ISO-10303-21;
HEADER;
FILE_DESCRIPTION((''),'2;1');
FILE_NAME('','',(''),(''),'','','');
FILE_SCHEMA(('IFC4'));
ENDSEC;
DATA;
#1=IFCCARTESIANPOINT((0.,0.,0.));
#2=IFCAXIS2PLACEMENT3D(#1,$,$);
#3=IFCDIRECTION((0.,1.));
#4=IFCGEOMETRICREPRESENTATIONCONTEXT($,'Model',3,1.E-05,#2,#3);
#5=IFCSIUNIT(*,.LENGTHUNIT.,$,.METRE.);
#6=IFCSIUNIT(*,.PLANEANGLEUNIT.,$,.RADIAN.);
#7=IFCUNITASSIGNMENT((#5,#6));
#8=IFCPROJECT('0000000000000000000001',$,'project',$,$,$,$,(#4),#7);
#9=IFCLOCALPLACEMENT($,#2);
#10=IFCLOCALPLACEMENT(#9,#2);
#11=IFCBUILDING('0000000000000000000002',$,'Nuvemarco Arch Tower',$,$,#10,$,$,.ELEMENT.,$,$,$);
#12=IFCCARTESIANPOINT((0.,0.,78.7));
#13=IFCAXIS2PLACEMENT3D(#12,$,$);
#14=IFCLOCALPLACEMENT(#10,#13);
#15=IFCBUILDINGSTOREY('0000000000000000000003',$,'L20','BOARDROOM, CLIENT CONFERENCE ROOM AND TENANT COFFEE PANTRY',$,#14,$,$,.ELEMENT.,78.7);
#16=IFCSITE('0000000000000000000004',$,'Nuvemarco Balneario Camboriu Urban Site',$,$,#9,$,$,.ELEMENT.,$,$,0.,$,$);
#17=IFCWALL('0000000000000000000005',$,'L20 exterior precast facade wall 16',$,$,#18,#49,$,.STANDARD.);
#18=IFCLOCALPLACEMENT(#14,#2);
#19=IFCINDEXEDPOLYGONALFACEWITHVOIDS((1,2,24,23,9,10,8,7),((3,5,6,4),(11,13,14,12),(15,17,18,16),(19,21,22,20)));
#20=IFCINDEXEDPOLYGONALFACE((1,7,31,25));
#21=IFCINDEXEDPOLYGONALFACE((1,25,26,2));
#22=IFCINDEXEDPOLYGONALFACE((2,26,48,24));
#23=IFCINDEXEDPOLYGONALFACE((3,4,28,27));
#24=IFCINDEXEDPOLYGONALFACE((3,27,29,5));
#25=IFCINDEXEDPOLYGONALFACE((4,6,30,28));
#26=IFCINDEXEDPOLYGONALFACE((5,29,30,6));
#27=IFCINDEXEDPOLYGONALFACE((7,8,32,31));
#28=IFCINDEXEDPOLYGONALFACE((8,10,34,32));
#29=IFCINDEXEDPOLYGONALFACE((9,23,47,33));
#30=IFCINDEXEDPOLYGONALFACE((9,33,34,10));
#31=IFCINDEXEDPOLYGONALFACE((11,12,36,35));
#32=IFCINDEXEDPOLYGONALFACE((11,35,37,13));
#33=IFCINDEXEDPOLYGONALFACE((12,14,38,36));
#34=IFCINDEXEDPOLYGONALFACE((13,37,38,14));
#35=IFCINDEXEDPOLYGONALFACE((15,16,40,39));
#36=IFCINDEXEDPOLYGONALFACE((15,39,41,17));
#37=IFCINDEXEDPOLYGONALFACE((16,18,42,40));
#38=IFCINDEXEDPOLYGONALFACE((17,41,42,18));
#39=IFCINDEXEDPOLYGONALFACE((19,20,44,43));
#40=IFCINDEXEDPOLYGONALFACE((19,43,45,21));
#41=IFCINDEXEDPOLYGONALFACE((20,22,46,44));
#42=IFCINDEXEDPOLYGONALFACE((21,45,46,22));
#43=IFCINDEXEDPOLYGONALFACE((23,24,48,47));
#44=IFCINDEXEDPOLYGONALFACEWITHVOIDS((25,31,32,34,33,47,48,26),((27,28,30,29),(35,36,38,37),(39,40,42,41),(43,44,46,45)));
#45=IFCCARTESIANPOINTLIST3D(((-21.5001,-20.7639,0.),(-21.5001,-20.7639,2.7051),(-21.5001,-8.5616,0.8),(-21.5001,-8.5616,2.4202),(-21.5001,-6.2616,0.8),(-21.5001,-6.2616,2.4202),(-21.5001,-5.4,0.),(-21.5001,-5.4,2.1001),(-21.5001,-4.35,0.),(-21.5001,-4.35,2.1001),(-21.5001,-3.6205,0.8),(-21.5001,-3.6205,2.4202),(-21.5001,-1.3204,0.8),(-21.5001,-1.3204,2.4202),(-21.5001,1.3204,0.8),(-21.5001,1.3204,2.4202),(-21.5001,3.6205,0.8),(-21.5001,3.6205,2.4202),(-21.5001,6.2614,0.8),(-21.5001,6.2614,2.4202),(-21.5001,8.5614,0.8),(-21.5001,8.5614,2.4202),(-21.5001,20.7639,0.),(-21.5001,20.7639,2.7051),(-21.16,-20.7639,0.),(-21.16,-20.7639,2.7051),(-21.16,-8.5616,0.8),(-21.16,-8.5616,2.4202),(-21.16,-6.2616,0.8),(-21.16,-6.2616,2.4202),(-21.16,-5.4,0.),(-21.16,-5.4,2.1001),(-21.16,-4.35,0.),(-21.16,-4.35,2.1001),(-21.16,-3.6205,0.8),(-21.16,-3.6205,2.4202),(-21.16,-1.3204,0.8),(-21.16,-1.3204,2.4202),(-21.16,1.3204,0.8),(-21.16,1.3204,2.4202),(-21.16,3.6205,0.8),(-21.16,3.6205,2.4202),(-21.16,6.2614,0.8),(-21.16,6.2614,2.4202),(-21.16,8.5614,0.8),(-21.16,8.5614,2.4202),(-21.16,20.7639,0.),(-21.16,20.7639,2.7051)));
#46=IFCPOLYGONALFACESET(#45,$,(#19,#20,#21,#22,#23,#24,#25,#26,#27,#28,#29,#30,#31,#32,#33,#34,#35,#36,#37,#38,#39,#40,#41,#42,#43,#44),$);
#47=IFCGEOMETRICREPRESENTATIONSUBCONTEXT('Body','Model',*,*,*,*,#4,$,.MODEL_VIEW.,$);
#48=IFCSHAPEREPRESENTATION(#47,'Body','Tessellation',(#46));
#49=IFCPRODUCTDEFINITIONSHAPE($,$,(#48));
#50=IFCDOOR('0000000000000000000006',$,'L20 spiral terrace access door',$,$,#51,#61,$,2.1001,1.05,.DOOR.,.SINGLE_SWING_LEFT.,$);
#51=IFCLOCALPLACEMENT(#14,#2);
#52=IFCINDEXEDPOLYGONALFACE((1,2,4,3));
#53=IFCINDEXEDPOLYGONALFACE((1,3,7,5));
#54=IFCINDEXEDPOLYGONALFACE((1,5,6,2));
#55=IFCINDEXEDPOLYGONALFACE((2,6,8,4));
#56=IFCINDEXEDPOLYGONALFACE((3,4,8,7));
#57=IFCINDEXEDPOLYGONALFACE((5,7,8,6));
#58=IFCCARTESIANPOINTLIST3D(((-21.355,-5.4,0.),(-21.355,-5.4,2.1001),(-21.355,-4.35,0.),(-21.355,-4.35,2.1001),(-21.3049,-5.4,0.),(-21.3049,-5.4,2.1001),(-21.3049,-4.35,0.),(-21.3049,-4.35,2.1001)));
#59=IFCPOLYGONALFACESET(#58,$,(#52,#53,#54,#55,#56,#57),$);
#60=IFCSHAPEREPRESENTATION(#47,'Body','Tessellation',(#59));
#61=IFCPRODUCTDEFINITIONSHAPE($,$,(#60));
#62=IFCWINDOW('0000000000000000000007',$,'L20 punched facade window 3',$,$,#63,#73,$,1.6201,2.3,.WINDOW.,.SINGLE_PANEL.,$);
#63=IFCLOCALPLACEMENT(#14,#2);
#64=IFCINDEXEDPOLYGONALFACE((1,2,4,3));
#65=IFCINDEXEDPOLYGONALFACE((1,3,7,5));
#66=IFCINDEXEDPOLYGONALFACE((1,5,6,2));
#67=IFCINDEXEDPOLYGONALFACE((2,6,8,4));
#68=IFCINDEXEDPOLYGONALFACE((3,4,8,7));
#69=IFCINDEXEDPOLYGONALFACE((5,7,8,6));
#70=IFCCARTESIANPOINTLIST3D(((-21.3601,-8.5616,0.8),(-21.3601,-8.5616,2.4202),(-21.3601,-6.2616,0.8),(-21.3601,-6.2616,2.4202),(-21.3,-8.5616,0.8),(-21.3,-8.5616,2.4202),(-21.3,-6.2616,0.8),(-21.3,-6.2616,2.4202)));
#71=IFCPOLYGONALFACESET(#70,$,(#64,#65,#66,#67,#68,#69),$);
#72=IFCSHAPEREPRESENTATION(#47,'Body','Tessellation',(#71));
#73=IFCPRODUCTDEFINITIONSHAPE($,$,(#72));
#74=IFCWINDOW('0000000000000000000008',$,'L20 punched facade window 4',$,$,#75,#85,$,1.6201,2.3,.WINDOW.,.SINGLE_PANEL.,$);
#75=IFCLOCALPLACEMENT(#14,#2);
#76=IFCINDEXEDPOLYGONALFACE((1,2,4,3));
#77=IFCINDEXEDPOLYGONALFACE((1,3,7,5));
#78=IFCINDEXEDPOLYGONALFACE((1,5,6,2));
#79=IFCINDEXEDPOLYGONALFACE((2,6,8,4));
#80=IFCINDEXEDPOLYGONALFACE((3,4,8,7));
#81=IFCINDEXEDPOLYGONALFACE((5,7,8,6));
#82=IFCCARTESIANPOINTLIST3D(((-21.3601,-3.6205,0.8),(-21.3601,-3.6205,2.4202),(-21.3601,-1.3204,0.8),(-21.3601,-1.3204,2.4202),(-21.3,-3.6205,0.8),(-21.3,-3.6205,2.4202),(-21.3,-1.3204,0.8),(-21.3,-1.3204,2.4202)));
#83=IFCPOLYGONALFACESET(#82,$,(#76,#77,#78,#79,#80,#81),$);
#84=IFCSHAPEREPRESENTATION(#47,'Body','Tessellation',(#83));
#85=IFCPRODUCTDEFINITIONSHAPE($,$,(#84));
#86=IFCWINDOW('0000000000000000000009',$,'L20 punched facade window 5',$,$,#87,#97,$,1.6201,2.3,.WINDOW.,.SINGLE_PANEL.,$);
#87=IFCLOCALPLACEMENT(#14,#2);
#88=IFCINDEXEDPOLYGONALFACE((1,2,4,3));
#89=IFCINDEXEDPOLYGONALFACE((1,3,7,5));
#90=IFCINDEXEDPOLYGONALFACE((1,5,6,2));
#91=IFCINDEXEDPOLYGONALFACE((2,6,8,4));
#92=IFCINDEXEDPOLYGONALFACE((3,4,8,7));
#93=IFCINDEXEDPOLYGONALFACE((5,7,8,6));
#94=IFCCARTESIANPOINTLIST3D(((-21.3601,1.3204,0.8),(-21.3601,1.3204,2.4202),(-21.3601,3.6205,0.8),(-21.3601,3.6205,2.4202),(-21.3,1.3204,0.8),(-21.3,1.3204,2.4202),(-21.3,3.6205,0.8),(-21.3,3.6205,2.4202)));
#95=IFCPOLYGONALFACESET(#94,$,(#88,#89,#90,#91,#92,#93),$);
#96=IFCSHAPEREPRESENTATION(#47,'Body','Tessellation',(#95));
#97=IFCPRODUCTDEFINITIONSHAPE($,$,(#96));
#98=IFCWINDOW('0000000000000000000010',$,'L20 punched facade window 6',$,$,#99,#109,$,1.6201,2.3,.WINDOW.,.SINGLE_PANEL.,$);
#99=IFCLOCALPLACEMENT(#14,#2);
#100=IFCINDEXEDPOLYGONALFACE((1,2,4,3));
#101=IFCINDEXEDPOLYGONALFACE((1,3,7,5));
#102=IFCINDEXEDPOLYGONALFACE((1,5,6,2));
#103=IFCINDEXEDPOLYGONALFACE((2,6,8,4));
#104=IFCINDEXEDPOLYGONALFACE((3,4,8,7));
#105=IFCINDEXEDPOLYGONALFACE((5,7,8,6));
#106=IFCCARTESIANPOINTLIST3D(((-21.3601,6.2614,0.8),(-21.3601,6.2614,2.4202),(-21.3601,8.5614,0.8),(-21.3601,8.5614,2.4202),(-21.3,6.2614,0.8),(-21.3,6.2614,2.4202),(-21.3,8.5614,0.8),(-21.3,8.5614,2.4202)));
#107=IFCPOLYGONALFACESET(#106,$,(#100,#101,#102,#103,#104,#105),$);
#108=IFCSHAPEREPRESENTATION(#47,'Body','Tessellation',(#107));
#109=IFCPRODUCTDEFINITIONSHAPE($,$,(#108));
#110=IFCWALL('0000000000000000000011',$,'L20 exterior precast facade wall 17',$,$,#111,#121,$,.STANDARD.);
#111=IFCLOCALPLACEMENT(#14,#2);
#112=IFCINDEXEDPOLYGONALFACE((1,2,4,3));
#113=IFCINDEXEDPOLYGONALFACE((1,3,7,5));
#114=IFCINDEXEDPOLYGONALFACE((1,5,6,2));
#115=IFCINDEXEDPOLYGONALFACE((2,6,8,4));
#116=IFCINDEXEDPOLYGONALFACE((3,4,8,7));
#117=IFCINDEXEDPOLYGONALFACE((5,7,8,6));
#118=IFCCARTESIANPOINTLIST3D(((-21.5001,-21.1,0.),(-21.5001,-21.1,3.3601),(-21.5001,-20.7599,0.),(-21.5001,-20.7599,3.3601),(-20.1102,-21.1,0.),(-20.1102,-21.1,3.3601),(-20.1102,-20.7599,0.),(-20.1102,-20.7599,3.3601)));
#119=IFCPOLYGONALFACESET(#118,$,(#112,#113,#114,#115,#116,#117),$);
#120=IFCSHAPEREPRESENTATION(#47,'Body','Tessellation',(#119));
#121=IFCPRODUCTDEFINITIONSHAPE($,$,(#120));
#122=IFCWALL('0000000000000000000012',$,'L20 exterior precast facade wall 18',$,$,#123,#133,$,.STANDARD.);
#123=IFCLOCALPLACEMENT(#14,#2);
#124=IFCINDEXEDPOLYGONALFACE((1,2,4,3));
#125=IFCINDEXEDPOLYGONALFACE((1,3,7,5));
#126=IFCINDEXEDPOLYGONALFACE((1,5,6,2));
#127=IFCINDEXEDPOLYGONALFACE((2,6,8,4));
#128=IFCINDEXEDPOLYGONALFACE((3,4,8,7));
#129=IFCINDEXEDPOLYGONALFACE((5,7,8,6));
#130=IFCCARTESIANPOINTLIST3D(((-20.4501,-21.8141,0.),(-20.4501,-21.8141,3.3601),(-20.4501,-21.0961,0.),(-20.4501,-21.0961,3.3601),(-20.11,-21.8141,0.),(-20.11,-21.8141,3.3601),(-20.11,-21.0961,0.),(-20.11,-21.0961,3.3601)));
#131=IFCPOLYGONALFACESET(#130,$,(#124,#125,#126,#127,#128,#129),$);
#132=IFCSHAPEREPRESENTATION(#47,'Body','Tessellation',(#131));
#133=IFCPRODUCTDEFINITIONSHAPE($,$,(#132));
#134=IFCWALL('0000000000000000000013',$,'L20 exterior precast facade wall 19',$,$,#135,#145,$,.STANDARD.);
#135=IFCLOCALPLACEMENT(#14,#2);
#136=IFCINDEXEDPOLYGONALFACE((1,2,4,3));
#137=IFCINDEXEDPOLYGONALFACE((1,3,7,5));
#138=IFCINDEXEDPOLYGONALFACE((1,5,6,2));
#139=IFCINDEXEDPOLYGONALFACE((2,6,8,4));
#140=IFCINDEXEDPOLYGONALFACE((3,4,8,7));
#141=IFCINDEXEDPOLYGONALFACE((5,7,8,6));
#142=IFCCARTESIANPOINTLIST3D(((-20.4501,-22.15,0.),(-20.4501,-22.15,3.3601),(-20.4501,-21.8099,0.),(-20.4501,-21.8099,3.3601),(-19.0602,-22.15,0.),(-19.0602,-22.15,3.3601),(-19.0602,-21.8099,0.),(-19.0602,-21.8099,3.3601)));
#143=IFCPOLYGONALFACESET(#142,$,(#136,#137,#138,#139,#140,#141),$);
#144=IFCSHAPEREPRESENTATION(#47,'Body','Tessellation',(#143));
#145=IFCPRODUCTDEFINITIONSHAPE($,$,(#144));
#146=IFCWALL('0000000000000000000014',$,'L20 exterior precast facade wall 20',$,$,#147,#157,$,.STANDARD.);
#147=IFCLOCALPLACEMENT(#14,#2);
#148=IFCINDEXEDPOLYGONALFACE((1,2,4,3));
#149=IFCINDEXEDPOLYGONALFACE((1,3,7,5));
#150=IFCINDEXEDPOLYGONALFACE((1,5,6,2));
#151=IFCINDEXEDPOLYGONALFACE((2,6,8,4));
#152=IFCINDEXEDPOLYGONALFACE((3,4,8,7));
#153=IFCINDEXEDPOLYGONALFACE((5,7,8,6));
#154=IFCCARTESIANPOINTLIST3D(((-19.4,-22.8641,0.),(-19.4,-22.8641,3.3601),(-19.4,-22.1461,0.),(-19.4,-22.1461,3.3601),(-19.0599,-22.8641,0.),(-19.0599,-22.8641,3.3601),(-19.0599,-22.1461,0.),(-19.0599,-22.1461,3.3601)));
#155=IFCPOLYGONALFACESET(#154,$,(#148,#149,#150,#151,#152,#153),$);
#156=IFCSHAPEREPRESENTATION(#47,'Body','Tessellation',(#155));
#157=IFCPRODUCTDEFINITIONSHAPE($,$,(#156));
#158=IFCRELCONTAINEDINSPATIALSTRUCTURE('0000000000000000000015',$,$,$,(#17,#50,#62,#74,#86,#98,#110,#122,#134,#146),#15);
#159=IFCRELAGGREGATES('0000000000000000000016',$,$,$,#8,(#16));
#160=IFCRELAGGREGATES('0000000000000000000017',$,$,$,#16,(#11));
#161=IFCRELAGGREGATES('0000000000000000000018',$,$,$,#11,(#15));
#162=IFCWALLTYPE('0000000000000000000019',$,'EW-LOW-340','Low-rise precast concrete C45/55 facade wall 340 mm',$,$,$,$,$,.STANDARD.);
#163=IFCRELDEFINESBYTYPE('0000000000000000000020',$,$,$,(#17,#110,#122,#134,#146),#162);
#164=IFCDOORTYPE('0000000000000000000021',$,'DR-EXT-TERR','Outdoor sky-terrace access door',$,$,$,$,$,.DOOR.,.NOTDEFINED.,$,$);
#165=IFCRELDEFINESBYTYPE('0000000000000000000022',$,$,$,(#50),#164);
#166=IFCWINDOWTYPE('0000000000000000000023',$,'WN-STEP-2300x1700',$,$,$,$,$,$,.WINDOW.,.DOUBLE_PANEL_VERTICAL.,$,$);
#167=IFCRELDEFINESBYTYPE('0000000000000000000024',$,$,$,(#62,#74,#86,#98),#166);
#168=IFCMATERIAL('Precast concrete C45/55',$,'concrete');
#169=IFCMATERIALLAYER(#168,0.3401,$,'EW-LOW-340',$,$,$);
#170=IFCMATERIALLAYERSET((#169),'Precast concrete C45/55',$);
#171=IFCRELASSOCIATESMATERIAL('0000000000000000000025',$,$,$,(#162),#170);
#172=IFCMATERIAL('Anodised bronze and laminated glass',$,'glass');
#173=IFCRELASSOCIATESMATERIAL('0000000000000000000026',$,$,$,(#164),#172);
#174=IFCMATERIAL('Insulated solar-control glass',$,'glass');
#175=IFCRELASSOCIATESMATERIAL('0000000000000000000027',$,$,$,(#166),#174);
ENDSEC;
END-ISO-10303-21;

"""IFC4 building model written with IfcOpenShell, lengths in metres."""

from ifc_helpers import new_model, si_unit, direction, frame, frame_2d, origin, place, context, subcontext, project, spatial, rectangle, extrude, source, transform, mapped, material, layer, layer_set, type_object, type_shapes, element, fill, save


model = new_model("IFC4")

# Units and contexts
model_context = context("Model", 3, precision=1e-05, world=origin(), true_north=direction((0.0, 1.0)))
body_context = subcontext(model_context, "Body", "Model", "MODEL_VIEW")
ifc_project = project(units=[si_unit("LENGTHUNIT", "METRE"), si_unit("PLANEANGLEUNIT", "RADIAN")], contexts=[model_context])

# Site, building, storey
site_placement = place(None, origin())
site = spatial("IfcSite", under=ifc_project, at=site_placement, Name="Nuvemarco Balneario Camboriu Urban Site", CompositionType="ELEMENT", RefElevation=0.0)
building_placement = place(site_placement, origin())
building = spatial("IfcBuilding", under=site, at=building_placement, Name="Nuvemarco Arch Tower", CompositionType="ELEMENT")
storey_placement = place(building_placement, frame((0.0, 0.0, 78.7)))
storey = spatial("IfcBuildingStorey", under=building, at=storey_placement, Name="L20", Description="BOARDROOM, CLIENT CONFERENCE ROOM AND TENANT COFFEE PANTRY", CompositionType="ELEMENT", Elevation=78.7)

# Shared definitions
ifc_material_1 = material(Name="Precast concrete C45/55", Category="concrete")

# Shared definitions
ifc_layer = layer(ifc_material_1, 0.3401, Name="EW-LOW-340")
ifc_layer_set = layer_set([ifc_layer], Name="Precast concrete C45/55")
wall_type = type_object("IfcWallType", Name="EW-LOW-340", Description="Low-rise precast concrete C45/55 facade wall 340 mm", PredefinedType="STANDARD", material=ifc_layer_set)
ifc_material_2 = material(Name="Insulated solar-control glass", Category="glass")

# Wall, openings, door, windows
wall_1_placement = place(storey_placement, frame((-21.3301, -20.7639, 0.0), z_axis=(0.0, 0.0, 1.0), x_axis=(0.0, 1.0, 0.0)))
wall_1 = element("IfcWall", 1, at=wall_1_placement, inside=storey, type_object=wall_type, Name="L20 exterior precast facade wall 16", PredefinedType="STANDARD", context=body_context, shape_type="SweptSolid", body=[
    extrude(rectangle(XDim=41.5278, YDim=0.3401, at=frame_2d((20.7639, 0.0))), origin(), (0.0, 0.0, 1.0), 2.7051),
])
opening_1_placement = place(wall_1_placement, frame((15.364, 0.0, 0.0)))
opening_1 = element("IfcOpeningElement", 2, at=opening_1_placement, cuts=wall_1, PredefinedType="OPENING", context=body_context, shape_type="SweptSolid", body=[
    extrude(rectangle(XDim=1.05, YDim=2.1001, at=frame_2d((0.5249, 1.05))), frame((0.0, 0.1799, 0.0), z_axis=(0.0, -1.0, 0.0), x_axis=(1.0, 0.0, 0.0)), (0.0, 0.0, 1.0), 0.3601),
])
opening_2_placement = place(wall_1_placement, frame((12.2024, 0.0, 0.8)))
opening_2 = element("IfcOpeningElement", 3, at=opening_2_placement, cuts=wall_1, PredefinedType="OPENING", context=body_context, shape_type="SweptSolid", body=[
    extrude(rectangle(XDim=2.3, YDim=1.6201, at=frame_2d((1.1499, 0.8101))), frame((0.0, 0.1799, 0.0), z_axis=(0.0, -1.0, 0.0), x_axis=(1.0, 0.0, 0.0)), (0.0, 0.0, 1.0), 0.3601),
])
opening_3_placement = place(wall_1_placement, frame((17.1436, 0.0, 0.8)))
opening_3 = element("IfcOpeningElement", 4, at=opening_3_placement, cuts=wall_1, PredefinedType="OPENING", context=body_context, shape_type="SweptSolid", body=[
    extrude(rectangle(XDim=2.3, YDim=1.6201, at=frame_2d((1.1499, 0.8101))), frame((0.0, 0.1799, 0.0), z_axis=(0.0, -1.0, 0.0), x_axis=(1.0, 0.0, 0.0)), (0.0, 0.0, 1.0), 0.3601),
])
opening_4_placement = place(wall_1_placement, frame((22.0845, 0.0, 0.8)))
opening_4 = element("IfcOpeningElement", 5, at=opening_4_placement, cuts=wall_1, PredefinedType="OPENING", context=body_context, shape_type="SweptSolid", body=[
    extrude(rectangle(XDim=2.3, YDim=1.6201, at=frame_2d((1.1499, 0.8101))), frame((0.0, 0.1799, 0.0), z_axis=(0.0, -1.0, 0.0), x_axis=(1.0, 0.0, 0.0)), (0.0, 0.0, 1.0), 0.3601),
])
opening_5_placement = place(wall_1_placement, frame((27.0254, 0.0, 0.8)))
opening_5 = element("IfcOpeningElement", 6, at=opening_5_placement, cuts=wall_1, PredefinedType="OPENING", context=body_context, shape_type="SweptSolid", body=[
    extrude(rectangle(XDim=2.3, YDim=1.6201, at=frame_2d((1.1499, 0.8101))), frame((0.0, 0.1799, 0.0), z_axis=(0.0, -1.0, 0.0), x_axis=(1.0, 0.0, 0.0)), (0.0, 0.0, 1.0), 0.3601),
])
ifc_material_3 = material(Name="Anodised bronze and laminated glass", Category="glass")
door_type = type_object("IfcDoorType", Name="DR-EXT-TERR", Description="Outdoor sky-terrace access door", OperationType="NOTDEFINED", PredefinedType="DOOR", material=ifc_material_3)
shared_shape_1 = source(origin(), body_context, "Body", "SweptSolid", [
    extrude(rectangle(XDim=1.05, YDim=2.1001, at=frame_2d((0.5249, 1.05))), frame((0.0, 0.0249, 0.0), z_axis=(0.0, -1.0, 0.0), x_axis=(1.0, 0.0, 0.0)), (0.0, 0.0, 1.0), 0.05),
])
type_shapes(door_type, [shared_shape_1])
door_placement = place(opening_1_placement, origin())
door = element("IfcDoor", 7, at=door_placement, inside=storey, type_object=door_type, Name="L20 spiral terrace access door", OperationType="SINGLE_SWING_LEFT", OverallHeight=2.1001, OverallWidth=1.05, PredefinedType="DOOR", context=body_context, shape_type="MappedRepresentation", body=[
    mapped(shared_shape_1, transform((0.0, 0.0, 0.0), scale=1.0)),
])
fill(opening_1, door)
window_type_1 = type_object("IfcWindowType", Name="WN-STEP-2300x1700", PartitioningType="DOUBLE_PANEL_VERTICAL", PredefinedType="WINDOW", material=ifc_material_2)
shared_shape_2 = source(origin(), body_context, "Body", "SweptSolid", [
    extrude(rectangle(XDim=2.3, YDim=1.6201, at=frame_2d((1.1499, 0.8101))), frame((0.0, 0.03, 0.0), z_axis=(0.0, -1.0, 0.0), x_axis=(1.0, 0.0, 0.0)), (0.0, 0.0, 1.0), 0.0601),
])
type_shapes(window_type_1, [shared_shape_2])
window_1_placement = place(opening_2_placement, origin())
window_1 = element("IfcWindow", 8, at=window_1_placement, inside=storey, type_object=window_type_1, Name="L20 punched facade window 3", OverallHeight=1.6201, OverallWidth=2.3, PartitioningType="SINGLE_PANEL", PredefinedType="WINDOW", context=body_context, shape_type="MappedRepresentation", body=[
    mapped(shared_shape_2, transform((0.0, 0.0, 0.0), scale=1.0)),
])
fill(opening_2, window_1)
window_2_placement = place(opening_3_placement, origin())
window_2 = element("IfcWindow", 9, at=window_2_placement, inside=storey, type_object=window_type_1, Name="L20 punched facade window 4", OverallHeight=1.6201, OverallWidth=2.3, PartitioningType="SINGLE_PANEL", PredefinedType="WINDOW", context=body_context, shape_type="MappedRepresentation", body=[
    mapped(shared_shape_2, transform((0.0, 0.0, 0.0), scale=1.0)),
])
fill(opening_3, window_2)
window_3_placement = place(opening_4_placement, origin())
window_3 = element("IfcWindow", 10, at=window_3_placement, inside=storey, type_object=window_type_1, Name="L20 punched facade window 5", OverallHeight=1.6201, OverallWidth=2.3, PartitioningType="SINGLE_PANEL", PredefinedType="WINDOW", context=body_context, shape_type="MappedRepresentation", body=[
    mapped(shared_shape_2, transform((0.0, 0.0, 0.0), scale=1.0)),
])
fill(opening_4, window_3)
window_4_placement = place(opening_5_placement, origin())
window_4 = element("IfcWindow", 11, at=window_4_placement, inside=storey, type_object=window_type_1, Name="L20 punched facade window 6", OverallHeight=1.6201, OverallWidth=2.3, PartitioningType="SINGLE_PANEL", PredefinedType="WINDOW", context=body_context, shape_type="MappedRepresentation", body=[
    mapped(shared_shape_2, transform((0.0, 0.0, 0.0), scale=1.0)),
])
fill(opening_5, window_4)

# Walls
wall_2_placement = place(storey_placement, frame((-21.5, -20.9299, 0.0), z_axis=(0.0, 0.0, 1.0), x_axis=(1.0, 0.0, 0.0)))
element("IfcWall", 12, at=wall_2_placement, inside=storey, type_object=wall_type, Name="L20 exterior precast facade wall 17", PredefinedType="STANDARD", context=body_context, shape_type="SweptSolid", body=[
    extrude(rectangle(XDim=1.3899, YDim=0.3401, at=frame_2d((0.6948, 0.0))), origin(), (0.0, 0.0, 1.0), 3.3601),
])
wall_3_placement = place(storey_placement, frame((-20.28, -21.814, 0.0), z_axis=(0.0, 0.0, 1.0), x_axis=(0.0, 1.0, 0.0)))
element("IfcWall", 13, at=wall_3_placement, inside=storey, type_object=wall_type, Name="L20 exterior precast facade wall 18", PredefinedType="STANDARD", context=body_context, shape_type="SweptSolid", body=[
    extrude(rectangle(XDim=0.718, YDim=0.3401, at=frame_2d((0.3589, 0.0))), origin(), (0.0, 0.0, 1.0), 3.3601),
])
wall_4_placement = place(storey_placement, frame((-20.45, -21.98, 0.0), z_axis=(0.0, 0.0, 1.0), x_axis=(1.0, 0.0, 0.0)))
element("IfcWall", 14, at=wall_4_placement, inside=storey, type_object=wall_type, Name="L20 exterior precast facade wall 19", PredefinedType="STANDARD", context=body_context, shape_type="SweptSolid", body=[
    extrude(rectangle(XDim=1.3899, YDim=0.3401, at=frame_2d((0.6948, 0.0))), origin(), (0.0, 0.0, 1.0), 3.3601),
])
wall_5_placement = place(storey_placement, frame((-19.23, -22.864, 0.0), z_axis=(0.0, 0.0, 1.0), x_axis=(0.0, 1.0, 0.0)))
element("IfcWall", 15, at=wall_5_placement, inside=storey, type_object=wall_type, Name="L20 exterior precast facade wall 20", PredefinedType="STANDARD", context=body_context, shape_type="SweptSolid", body=[
    extrude(rectangle(XDim=0.718, YDim=0.3401, at=frame_2d((0.3589, 0.0))), origin(), (0.0, 0.0, 1.0), 3.3601),
])

save(model, "model.ifc")
